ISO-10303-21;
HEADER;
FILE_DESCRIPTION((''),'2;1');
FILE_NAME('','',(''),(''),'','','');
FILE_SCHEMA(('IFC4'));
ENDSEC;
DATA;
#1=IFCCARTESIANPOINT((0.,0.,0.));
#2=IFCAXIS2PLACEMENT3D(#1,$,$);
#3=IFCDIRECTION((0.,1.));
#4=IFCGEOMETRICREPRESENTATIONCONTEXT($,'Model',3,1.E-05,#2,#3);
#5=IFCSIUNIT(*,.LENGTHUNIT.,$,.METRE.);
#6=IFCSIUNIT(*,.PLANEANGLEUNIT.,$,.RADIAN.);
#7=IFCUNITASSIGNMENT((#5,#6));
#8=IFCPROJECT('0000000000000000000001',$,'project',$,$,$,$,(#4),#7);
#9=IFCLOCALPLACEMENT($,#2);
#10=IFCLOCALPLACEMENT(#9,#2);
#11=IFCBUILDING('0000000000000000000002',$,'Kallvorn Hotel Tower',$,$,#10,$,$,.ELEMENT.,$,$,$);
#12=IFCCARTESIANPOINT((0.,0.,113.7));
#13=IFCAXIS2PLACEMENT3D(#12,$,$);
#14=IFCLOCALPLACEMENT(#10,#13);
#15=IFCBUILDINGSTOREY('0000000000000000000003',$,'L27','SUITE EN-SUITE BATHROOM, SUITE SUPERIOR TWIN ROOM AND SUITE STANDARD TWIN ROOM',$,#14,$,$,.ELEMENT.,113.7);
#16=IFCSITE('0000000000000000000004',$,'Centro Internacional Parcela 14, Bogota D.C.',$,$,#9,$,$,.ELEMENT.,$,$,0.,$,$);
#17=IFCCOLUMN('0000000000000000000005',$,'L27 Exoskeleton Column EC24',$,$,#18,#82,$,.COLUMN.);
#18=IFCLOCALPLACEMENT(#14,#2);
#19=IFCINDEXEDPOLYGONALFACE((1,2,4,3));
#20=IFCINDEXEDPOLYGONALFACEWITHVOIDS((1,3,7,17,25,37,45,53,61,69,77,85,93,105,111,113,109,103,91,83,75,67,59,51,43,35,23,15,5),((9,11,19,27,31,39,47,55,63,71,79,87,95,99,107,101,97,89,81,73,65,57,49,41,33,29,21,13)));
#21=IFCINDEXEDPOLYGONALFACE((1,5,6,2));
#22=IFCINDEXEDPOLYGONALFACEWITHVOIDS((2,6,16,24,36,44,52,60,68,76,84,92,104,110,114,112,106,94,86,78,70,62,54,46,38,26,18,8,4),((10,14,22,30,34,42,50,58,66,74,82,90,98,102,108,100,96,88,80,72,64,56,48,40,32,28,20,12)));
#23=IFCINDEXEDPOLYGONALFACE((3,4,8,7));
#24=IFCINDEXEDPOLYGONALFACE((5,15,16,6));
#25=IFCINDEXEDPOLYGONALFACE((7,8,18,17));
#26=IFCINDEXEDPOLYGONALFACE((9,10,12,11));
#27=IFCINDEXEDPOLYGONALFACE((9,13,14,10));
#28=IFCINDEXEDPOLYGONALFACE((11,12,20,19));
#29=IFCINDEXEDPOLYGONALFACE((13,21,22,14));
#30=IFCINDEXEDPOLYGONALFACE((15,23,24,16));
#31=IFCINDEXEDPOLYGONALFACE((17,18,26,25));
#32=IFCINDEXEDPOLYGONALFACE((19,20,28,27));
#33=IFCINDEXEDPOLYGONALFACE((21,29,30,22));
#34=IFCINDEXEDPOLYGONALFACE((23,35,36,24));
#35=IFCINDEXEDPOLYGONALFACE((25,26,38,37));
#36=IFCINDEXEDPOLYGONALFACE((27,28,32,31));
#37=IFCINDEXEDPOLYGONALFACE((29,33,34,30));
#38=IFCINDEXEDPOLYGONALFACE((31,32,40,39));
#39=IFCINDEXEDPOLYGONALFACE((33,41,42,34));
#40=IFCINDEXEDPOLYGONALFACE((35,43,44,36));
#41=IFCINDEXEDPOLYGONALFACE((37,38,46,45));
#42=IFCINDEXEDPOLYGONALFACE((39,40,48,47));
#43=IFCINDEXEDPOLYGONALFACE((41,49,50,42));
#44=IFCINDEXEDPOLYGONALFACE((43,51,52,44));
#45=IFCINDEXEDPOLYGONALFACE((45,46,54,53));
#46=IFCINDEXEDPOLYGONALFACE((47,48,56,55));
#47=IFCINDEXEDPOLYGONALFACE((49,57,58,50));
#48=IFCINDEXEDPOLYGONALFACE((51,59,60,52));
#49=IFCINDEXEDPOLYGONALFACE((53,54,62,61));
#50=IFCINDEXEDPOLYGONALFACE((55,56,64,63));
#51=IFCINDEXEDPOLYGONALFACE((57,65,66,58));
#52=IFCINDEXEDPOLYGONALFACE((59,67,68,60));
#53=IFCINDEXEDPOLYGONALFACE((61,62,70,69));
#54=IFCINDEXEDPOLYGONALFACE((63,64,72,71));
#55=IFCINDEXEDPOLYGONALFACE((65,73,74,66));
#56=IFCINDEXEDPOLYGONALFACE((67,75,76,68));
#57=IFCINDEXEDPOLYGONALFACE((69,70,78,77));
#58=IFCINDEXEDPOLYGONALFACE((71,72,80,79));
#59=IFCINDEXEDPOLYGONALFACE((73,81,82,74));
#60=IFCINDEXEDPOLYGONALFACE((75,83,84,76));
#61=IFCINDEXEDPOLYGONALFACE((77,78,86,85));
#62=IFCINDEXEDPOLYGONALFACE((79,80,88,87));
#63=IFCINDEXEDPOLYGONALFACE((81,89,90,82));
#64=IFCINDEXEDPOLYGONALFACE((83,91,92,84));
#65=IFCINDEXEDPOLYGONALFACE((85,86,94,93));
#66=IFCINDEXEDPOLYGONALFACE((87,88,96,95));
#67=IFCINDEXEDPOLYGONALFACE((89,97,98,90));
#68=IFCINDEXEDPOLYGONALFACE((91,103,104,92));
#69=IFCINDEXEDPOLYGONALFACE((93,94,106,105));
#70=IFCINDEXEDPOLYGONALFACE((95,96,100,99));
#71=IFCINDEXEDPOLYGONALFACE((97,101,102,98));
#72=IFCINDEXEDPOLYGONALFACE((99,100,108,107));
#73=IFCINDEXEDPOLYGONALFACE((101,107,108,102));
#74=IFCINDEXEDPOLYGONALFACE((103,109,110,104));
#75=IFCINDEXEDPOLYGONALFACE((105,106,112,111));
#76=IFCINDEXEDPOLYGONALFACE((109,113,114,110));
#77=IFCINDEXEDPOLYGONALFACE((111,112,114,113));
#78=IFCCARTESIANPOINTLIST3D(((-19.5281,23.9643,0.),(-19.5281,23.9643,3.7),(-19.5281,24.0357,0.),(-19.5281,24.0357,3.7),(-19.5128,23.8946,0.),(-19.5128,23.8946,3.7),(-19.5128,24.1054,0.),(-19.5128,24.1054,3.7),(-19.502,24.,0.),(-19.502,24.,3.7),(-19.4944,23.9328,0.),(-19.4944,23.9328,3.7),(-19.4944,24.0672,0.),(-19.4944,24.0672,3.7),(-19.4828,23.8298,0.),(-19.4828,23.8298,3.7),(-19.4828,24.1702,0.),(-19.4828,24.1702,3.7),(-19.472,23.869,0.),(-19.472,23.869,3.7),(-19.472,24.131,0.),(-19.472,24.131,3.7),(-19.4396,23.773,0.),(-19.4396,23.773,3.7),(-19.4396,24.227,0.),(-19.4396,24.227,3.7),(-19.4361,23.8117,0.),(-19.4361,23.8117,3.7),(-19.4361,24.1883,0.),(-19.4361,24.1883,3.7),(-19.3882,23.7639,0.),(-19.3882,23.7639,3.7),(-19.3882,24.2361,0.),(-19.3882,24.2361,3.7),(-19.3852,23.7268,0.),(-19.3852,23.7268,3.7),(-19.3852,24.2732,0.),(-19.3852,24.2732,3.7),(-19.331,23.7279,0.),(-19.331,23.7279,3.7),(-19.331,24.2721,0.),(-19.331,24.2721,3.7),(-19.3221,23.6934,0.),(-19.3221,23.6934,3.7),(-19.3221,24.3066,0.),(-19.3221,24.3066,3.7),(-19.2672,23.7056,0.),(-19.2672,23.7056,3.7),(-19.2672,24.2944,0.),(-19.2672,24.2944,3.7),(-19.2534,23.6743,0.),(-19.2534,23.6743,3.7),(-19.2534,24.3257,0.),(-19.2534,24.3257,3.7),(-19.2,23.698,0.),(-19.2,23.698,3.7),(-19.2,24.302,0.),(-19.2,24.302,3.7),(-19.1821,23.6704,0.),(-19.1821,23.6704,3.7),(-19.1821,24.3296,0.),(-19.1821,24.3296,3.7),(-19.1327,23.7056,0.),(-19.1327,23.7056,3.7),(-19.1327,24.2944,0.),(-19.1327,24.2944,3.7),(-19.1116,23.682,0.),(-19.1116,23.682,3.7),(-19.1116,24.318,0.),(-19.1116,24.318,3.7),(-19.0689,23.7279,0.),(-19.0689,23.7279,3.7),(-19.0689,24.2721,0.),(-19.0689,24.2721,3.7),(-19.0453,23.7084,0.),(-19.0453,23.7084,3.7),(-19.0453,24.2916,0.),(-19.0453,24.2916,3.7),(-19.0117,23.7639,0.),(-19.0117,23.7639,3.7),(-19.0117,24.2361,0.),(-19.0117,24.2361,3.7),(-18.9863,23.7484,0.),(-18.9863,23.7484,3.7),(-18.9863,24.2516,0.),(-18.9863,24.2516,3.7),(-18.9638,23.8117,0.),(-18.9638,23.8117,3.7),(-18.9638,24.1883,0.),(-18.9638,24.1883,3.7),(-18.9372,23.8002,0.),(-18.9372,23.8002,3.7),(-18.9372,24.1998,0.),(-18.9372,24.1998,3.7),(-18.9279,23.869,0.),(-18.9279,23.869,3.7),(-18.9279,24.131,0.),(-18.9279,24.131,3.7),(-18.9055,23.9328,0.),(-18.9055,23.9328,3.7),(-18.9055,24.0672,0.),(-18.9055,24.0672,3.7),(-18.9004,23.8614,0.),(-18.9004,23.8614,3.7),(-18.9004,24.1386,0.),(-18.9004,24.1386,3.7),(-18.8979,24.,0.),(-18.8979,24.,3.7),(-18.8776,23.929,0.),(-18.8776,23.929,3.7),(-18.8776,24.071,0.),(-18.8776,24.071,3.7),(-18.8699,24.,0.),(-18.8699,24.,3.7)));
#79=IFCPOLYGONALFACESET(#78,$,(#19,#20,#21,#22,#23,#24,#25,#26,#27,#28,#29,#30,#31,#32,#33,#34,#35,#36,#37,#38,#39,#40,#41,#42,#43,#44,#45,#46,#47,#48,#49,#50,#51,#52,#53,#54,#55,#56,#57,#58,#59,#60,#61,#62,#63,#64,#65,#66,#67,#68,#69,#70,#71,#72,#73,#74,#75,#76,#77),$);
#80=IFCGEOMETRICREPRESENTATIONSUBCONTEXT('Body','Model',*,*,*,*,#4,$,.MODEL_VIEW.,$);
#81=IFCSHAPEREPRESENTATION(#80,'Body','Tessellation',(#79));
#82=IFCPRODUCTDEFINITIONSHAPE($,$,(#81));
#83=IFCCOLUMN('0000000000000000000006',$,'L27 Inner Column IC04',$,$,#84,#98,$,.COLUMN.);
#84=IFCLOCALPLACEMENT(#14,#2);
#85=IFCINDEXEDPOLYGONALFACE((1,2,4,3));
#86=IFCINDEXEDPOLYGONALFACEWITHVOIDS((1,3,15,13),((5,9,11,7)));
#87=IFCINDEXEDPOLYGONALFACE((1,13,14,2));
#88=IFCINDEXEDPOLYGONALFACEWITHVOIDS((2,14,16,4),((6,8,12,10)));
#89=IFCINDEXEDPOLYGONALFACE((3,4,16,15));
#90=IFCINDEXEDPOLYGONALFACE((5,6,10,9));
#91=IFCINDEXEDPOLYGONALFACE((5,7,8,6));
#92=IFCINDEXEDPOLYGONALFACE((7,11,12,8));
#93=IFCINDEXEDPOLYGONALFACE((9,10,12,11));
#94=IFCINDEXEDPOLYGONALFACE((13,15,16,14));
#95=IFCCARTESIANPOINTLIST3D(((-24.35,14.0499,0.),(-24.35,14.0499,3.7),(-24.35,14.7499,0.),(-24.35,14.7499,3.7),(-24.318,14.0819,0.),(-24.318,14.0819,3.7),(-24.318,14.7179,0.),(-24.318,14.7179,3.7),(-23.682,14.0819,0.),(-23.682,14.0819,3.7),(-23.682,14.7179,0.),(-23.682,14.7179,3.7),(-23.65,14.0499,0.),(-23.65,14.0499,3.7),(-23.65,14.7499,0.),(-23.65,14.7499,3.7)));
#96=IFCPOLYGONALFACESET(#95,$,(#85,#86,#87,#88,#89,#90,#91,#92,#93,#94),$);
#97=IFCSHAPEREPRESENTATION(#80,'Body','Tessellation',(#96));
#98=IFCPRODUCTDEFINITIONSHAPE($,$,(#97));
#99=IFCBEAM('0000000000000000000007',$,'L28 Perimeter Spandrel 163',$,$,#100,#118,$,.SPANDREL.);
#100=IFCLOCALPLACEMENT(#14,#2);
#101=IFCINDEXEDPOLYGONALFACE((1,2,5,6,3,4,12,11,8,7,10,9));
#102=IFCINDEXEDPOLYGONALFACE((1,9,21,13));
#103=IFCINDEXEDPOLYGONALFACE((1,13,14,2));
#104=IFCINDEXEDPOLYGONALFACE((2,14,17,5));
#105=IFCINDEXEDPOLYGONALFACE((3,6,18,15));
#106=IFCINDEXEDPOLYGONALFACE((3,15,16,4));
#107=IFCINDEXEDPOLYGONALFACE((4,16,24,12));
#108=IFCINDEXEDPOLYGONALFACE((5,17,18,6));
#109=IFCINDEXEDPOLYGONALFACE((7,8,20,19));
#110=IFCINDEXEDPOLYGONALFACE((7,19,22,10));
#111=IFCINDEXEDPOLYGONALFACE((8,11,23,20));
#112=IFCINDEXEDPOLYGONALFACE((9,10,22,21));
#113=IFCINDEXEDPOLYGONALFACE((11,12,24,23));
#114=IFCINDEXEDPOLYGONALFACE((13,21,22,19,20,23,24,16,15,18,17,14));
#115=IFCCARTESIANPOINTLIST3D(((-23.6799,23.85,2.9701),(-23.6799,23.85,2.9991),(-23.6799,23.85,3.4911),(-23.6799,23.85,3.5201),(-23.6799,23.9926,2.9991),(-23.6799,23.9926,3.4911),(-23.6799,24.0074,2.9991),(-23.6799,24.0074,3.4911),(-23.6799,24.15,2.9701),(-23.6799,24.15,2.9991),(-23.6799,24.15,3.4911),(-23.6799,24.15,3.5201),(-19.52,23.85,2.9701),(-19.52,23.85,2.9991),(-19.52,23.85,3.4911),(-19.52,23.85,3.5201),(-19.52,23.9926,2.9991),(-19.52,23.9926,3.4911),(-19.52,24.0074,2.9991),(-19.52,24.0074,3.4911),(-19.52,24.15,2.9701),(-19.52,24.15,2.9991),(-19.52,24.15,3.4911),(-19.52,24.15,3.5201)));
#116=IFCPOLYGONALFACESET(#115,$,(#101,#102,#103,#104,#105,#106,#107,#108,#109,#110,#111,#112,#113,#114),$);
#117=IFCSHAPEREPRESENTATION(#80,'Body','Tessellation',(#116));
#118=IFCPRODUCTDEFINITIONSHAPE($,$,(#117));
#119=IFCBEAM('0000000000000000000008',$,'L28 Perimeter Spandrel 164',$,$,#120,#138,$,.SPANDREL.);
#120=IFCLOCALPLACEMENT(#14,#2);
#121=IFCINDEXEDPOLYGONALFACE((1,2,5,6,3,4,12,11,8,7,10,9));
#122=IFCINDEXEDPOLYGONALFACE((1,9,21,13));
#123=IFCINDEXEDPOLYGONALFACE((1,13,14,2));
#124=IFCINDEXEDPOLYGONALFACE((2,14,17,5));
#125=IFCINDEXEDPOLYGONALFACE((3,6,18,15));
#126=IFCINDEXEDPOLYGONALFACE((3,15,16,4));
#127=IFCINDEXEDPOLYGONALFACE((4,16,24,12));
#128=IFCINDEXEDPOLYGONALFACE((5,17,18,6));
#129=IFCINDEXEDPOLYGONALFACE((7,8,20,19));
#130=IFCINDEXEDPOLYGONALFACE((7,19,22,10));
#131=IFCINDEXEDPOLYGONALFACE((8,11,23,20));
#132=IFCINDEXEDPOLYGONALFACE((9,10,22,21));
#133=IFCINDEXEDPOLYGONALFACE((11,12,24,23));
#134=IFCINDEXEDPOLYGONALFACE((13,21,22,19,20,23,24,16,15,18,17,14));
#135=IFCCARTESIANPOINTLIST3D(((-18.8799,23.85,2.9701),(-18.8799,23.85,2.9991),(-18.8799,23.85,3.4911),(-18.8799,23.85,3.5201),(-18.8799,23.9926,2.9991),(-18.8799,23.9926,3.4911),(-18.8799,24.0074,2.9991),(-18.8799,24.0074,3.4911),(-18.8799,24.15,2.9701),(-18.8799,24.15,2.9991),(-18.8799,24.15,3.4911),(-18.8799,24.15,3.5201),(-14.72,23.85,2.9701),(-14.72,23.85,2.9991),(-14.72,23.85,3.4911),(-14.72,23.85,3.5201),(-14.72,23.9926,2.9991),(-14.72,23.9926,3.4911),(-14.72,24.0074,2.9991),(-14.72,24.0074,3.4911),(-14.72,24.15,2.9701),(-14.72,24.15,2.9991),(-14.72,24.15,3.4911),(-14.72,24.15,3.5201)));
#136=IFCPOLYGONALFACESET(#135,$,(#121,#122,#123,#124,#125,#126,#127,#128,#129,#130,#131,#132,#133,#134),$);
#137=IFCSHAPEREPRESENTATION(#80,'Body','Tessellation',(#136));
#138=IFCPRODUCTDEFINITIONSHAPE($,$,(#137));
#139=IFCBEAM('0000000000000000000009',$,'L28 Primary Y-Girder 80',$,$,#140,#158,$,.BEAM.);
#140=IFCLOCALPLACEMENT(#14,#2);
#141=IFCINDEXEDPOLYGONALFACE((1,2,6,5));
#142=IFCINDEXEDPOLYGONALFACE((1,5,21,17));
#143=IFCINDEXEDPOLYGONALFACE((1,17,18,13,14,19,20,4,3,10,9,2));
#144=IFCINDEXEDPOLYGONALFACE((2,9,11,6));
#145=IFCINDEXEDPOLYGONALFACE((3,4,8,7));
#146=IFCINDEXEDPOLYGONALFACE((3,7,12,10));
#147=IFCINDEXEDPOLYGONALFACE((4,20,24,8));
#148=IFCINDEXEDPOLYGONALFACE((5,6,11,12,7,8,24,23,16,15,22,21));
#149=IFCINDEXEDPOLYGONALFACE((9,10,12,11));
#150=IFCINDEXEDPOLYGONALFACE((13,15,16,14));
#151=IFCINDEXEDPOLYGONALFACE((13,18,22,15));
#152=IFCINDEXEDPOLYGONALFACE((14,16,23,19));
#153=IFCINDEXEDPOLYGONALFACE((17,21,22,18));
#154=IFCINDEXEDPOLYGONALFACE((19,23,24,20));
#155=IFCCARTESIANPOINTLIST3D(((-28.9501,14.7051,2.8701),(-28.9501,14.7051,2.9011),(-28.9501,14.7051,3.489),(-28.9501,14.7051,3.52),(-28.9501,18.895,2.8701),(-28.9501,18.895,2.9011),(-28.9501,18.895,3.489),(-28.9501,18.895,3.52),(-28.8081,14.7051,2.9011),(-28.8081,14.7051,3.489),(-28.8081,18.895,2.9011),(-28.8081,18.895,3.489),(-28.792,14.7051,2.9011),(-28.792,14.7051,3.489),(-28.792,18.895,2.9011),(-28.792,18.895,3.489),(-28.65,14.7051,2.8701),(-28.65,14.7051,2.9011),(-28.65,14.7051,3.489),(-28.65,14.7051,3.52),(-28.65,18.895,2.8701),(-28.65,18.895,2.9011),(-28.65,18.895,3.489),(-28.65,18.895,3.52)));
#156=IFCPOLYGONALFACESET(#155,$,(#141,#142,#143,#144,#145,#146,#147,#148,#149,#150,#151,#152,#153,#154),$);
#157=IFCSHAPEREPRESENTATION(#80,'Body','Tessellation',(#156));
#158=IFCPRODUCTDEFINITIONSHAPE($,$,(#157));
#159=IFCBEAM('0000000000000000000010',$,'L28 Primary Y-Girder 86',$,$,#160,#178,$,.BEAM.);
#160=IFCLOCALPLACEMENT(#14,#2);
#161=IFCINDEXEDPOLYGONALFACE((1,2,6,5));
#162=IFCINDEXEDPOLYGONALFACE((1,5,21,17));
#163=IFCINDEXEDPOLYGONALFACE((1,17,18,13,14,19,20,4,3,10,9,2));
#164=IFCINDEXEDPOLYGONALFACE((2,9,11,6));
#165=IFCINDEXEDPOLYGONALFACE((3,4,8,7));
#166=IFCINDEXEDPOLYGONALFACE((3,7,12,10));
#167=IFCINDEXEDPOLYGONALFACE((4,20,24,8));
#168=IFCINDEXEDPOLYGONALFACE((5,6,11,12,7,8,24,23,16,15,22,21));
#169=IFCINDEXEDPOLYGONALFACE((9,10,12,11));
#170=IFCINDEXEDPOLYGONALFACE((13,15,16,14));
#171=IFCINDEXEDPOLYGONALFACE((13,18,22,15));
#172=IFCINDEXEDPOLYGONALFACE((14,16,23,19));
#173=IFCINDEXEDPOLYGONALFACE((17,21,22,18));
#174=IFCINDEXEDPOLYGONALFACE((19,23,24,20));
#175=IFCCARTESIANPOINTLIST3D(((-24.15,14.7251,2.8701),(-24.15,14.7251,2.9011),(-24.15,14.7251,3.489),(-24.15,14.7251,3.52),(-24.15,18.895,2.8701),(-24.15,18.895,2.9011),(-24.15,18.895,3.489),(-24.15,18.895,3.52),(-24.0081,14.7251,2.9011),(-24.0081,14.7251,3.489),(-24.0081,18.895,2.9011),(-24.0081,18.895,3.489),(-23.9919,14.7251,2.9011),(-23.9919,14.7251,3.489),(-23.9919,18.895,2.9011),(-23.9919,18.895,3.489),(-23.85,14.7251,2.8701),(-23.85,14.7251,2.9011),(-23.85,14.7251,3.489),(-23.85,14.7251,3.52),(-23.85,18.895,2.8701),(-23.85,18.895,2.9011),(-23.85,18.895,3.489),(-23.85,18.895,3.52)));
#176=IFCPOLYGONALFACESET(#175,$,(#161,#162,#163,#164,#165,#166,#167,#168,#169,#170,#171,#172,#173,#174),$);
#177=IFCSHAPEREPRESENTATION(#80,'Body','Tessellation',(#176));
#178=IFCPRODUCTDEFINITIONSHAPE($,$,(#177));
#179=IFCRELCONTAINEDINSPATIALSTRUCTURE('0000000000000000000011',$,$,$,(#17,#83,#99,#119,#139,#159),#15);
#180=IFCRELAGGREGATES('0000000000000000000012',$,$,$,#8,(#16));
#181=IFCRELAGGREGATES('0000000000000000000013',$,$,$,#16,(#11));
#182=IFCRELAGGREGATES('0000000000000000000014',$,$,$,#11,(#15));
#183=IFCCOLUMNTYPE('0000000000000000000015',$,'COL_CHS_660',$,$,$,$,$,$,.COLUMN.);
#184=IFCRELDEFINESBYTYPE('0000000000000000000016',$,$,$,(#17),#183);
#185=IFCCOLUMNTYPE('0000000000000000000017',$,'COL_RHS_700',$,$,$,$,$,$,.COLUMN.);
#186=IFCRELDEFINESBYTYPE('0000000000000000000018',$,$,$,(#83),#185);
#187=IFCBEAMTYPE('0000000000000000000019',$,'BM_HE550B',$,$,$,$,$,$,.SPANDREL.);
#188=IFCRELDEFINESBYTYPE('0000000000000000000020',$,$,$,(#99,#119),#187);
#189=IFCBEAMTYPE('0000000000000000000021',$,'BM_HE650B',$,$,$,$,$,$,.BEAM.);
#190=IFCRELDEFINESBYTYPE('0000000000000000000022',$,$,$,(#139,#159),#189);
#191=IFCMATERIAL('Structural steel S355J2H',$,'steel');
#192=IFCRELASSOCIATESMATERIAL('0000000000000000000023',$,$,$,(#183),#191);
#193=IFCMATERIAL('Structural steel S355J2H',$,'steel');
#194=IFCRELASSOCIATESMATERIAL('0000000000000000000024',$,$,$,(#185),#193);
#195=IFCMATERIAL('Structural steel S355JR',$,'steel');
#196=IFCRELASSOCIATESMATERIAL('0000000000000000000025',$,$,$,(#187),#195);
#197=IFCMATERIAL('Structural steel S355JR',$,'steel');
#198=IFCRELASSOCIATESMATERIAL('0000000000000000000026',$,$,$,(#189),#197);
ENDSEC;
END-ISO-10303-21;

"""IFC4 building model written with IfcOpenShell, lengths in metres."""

from ifc_helpers import new_model, si_unit, direction, frame, origin, origin_2d, place, context, subcontext, project, spatial, hollow_rectangle, hollow_circle, i_section, extrude, material, material_profile, profile_set, type_object, element, save


model = new_model("IFC4")

# Units and contexts
model_context = context("Model", 3, precision=1e-05, world=origin(), true_north=direction((0.0, 1.0)))
body_context = subcontext(model_context, "Body", "Model", "MODEL_VIEW")
ifc_project = project(units=[si_unit("LENGTHUNIT", "METRE"), si_unit("PLANEANGLEUNIT", "RADIAN")], contexts=[model_context])

# Site, building, storey
site_placement = place(None, origin())
site = spatial("IfcSite", under=ifc_project, at=site_placement, Name="Centro Internacional Parcela 14, Bogota D.C.", CompositionType="ELEMENT", RefElevation=0.0)
building_placement = place(site_placement, origin())
building = spatial("IfcBuilding", under=site, at=building_placement, Name="Kallvorn Hotel Tower", CompositionType="ELEMENT")
storey_placement = place(building_placement, frame((0.0, 0.0, 113.7)))
storey = spatial("IfcBuildingStorey", under=building, at=storey_placement, Name="L27", Description="SUITE EN-SUITE BATHROOM, SUITE SUPERIOR TWIN ROOM AND SUITE STANDARD TWIN ROOM", CompositionType="ELEMENT", Elevation=113.7)

# Columns
ifc_material_1 = material(Name="Structural steel S355J2H", Category="steel")
ifc_material_profile_1 = material_profile(ifc_material_1, hollow_circle(Radius=0.3301, WallThickness=0.0281, at=origin_2d()), Name="CHS 660x28")
ifc_profile_set_1 = profile_set([ifc_material_profile_1], Name="Structural steel S355J2H")
column_type_1 = type_object("IfcColumnType", Name="COL_CHS_660", PredefinedType="COLUMN", material=ifc_profile_set_1)
for number, where, z_axis, x_axis, name in (
    (1, (-19.2, 24.0, 0.0), (0.0, 0.0, 1.0), (1.0, 0.0, 0.0), "L27 Exoskeleton Column EC24"),
):
    element("IfcColumn", number, at=place(storey_placement, frame(where, z_axis=z_axis, x_axis=x_axis)), inside=storey, type_object=column_type_1, Name=name, PredefinedType="COLUMN", context=body_context, shape_type="SweptSolid", body=[
        extrude(hollow_circle(Radius=0.3301, WallThickness=0.0281, at=origin_2d()), origin(), (0.0, 0.0, 1.0), 3.7),
    ])
ifc_material_2 = material(Name="Structural steel S355J2H", Category="steel")
ifc_material_profile_2 = material_profile(ifc_material_2, hollow_rectangle(XDim=0.7, YDim=0.7, WallThickness=0.032, at=origin_2d()), Name="RHS 700x700x32")
ifc_profile_set_2 = profile_set([ifc_material_profile_2], Name="Structural steel S355J2H")
column_type_2 = type_object("IfcColumnType", Name="COL_RHS_700", PredefinedType="COLUMN", material=ifc_profile_set_2)
column_placement = place(storey_placement, frame((-24.0, 14.3999, 0.0), z_axis=(0.0, 0.0, 1.0), x_axis=(1.0, 0.0, 0.0)))
element("IfcColumn", 2, at=column_placement, inside=storey, type_object=column_type_2, Name="L27 Inner Column IC04", PredefinedType="COLUMN", context=body_context, shape_type="SweptSolid", body=[
    extrude(hollow_rectangle(XDim=0.7, YDim=0.7, WallThickness=0.032, at=origin_2d()), origin(), (0.0, 0.0, 1.0), 3.7),
])

# Beams
ifc_material_3 = material(Name="Structural steel S355JR", Category="steel")
ifc_material_profile_3 = material_profile(ifc_material_3, i_section(OverallWidth=0.3, OverallDepth=0.55, WebThickness=0.0149, FlangeThickness=0.0291, at=origin_2d()), Name="HE 550 B")
ifc_profile_set_3 = profile_set([ifc_material_profile_3], Name="Structural steel S355JR")
beam_type_1 = type_object("IfcBeamType", Name="BM_HE550B", PredefinedType="SPANDREL", material=ifc_profile_set_3)
for number, where, z_axis, x_axis, name in (
    (3, (-23.6799, 24.0, 3.2451), (1.0, 0.0, 0.0), (0.0, 1.0, 0.0), "L28 Perimeter Spandrel 163"),
    (4, (-18.8799, 24.0, 3.2451), (1.0, 0.0, 0.0), (0.0, 1.0, 0.0), "L28 Perimeter Spandrel 164"),
):
    element("IfcBeam", number, at=place(storey_placement, frame(where, z_axis=z_axis, x_axis=x_axis)), inside=storey, type_object=beam_type_1, Name=name, PredefinedType="SPANDREL", context=body_context, shape_type="SweptSolid", body=[
        extrude(i_section(OverallWidth=0.3, OverallDepth=0.55, WebThickness=0.0149, FlangeThickness=0.0291, at=origin_2d()), origin(), (0.0, 0.0, 1.0), 4.1599),
    ])
ifc_material_4 = material(Name="Structural steel S355JR", Category="steel")
ifc_material_profile_4 = material_profile(ifc_material_4, i_section(OverallWidth=0.3, OverallDepth=0.6499, WebThickness=0.0161, FlangeThickness=0.031, at=origin_2d()), Name="HE 650 B")
ifc_profile_set_4 = profile_set([ifc_material_profile_4], Name="Structural steel S355JR")
beam_type_2 = type_object("IfcBeamType", Name="BM_HE650B", PredefinedType="BEAM", material=ifc_profile_set_4)
beam_1_placement = place(storey_placement, frame((-28.8, 14.7051, 3.1951), z_axis=(0.0, 1.0, 0.0), x_axis=(-1.0, 0.0, 0.0)))
element("IfcBeam", 5, at=beam_1_placement, inside=storey, type_object=beam_type_2, Name="L28 Primary Y-Girder 80", PredefinedType="BEAM", context=body_context, shape_type="SweptSolid", body=[
    extrude(i_section(OverallWidth=0.3, OverallDepth=0.6499, WebThickness=0.0161, FlangeThickness=0.031, at=origin_2d()), origin(), (0.0, 0.0, 1.0), 4.1899),
])
beam_2_placement = place(storey_placement, frame((-24.0, 14.7251, 3.1951), z_axis=(0.0, 1.0, 0.0), x_axis=(-1.0, 0.0, 0.0)))
element("IfcBeam", 6, at=beam_2_placement, inside=storey, type_object=beam_type_2, Name="L28 Primary Y-Girder 86", PredefinedType="BEAM", context=body_context, shape_type="SweptSolid", body=[
    extrude(i_section(OverallWidth=0.3, OverallDepth=0.6499, WebThickness=0.0161, FlangeThickness=0.031, at=origin_2d()), origin(), (0.0, 0.0, 1.0), 4.1699),
])

save(model, "model.ifc")
